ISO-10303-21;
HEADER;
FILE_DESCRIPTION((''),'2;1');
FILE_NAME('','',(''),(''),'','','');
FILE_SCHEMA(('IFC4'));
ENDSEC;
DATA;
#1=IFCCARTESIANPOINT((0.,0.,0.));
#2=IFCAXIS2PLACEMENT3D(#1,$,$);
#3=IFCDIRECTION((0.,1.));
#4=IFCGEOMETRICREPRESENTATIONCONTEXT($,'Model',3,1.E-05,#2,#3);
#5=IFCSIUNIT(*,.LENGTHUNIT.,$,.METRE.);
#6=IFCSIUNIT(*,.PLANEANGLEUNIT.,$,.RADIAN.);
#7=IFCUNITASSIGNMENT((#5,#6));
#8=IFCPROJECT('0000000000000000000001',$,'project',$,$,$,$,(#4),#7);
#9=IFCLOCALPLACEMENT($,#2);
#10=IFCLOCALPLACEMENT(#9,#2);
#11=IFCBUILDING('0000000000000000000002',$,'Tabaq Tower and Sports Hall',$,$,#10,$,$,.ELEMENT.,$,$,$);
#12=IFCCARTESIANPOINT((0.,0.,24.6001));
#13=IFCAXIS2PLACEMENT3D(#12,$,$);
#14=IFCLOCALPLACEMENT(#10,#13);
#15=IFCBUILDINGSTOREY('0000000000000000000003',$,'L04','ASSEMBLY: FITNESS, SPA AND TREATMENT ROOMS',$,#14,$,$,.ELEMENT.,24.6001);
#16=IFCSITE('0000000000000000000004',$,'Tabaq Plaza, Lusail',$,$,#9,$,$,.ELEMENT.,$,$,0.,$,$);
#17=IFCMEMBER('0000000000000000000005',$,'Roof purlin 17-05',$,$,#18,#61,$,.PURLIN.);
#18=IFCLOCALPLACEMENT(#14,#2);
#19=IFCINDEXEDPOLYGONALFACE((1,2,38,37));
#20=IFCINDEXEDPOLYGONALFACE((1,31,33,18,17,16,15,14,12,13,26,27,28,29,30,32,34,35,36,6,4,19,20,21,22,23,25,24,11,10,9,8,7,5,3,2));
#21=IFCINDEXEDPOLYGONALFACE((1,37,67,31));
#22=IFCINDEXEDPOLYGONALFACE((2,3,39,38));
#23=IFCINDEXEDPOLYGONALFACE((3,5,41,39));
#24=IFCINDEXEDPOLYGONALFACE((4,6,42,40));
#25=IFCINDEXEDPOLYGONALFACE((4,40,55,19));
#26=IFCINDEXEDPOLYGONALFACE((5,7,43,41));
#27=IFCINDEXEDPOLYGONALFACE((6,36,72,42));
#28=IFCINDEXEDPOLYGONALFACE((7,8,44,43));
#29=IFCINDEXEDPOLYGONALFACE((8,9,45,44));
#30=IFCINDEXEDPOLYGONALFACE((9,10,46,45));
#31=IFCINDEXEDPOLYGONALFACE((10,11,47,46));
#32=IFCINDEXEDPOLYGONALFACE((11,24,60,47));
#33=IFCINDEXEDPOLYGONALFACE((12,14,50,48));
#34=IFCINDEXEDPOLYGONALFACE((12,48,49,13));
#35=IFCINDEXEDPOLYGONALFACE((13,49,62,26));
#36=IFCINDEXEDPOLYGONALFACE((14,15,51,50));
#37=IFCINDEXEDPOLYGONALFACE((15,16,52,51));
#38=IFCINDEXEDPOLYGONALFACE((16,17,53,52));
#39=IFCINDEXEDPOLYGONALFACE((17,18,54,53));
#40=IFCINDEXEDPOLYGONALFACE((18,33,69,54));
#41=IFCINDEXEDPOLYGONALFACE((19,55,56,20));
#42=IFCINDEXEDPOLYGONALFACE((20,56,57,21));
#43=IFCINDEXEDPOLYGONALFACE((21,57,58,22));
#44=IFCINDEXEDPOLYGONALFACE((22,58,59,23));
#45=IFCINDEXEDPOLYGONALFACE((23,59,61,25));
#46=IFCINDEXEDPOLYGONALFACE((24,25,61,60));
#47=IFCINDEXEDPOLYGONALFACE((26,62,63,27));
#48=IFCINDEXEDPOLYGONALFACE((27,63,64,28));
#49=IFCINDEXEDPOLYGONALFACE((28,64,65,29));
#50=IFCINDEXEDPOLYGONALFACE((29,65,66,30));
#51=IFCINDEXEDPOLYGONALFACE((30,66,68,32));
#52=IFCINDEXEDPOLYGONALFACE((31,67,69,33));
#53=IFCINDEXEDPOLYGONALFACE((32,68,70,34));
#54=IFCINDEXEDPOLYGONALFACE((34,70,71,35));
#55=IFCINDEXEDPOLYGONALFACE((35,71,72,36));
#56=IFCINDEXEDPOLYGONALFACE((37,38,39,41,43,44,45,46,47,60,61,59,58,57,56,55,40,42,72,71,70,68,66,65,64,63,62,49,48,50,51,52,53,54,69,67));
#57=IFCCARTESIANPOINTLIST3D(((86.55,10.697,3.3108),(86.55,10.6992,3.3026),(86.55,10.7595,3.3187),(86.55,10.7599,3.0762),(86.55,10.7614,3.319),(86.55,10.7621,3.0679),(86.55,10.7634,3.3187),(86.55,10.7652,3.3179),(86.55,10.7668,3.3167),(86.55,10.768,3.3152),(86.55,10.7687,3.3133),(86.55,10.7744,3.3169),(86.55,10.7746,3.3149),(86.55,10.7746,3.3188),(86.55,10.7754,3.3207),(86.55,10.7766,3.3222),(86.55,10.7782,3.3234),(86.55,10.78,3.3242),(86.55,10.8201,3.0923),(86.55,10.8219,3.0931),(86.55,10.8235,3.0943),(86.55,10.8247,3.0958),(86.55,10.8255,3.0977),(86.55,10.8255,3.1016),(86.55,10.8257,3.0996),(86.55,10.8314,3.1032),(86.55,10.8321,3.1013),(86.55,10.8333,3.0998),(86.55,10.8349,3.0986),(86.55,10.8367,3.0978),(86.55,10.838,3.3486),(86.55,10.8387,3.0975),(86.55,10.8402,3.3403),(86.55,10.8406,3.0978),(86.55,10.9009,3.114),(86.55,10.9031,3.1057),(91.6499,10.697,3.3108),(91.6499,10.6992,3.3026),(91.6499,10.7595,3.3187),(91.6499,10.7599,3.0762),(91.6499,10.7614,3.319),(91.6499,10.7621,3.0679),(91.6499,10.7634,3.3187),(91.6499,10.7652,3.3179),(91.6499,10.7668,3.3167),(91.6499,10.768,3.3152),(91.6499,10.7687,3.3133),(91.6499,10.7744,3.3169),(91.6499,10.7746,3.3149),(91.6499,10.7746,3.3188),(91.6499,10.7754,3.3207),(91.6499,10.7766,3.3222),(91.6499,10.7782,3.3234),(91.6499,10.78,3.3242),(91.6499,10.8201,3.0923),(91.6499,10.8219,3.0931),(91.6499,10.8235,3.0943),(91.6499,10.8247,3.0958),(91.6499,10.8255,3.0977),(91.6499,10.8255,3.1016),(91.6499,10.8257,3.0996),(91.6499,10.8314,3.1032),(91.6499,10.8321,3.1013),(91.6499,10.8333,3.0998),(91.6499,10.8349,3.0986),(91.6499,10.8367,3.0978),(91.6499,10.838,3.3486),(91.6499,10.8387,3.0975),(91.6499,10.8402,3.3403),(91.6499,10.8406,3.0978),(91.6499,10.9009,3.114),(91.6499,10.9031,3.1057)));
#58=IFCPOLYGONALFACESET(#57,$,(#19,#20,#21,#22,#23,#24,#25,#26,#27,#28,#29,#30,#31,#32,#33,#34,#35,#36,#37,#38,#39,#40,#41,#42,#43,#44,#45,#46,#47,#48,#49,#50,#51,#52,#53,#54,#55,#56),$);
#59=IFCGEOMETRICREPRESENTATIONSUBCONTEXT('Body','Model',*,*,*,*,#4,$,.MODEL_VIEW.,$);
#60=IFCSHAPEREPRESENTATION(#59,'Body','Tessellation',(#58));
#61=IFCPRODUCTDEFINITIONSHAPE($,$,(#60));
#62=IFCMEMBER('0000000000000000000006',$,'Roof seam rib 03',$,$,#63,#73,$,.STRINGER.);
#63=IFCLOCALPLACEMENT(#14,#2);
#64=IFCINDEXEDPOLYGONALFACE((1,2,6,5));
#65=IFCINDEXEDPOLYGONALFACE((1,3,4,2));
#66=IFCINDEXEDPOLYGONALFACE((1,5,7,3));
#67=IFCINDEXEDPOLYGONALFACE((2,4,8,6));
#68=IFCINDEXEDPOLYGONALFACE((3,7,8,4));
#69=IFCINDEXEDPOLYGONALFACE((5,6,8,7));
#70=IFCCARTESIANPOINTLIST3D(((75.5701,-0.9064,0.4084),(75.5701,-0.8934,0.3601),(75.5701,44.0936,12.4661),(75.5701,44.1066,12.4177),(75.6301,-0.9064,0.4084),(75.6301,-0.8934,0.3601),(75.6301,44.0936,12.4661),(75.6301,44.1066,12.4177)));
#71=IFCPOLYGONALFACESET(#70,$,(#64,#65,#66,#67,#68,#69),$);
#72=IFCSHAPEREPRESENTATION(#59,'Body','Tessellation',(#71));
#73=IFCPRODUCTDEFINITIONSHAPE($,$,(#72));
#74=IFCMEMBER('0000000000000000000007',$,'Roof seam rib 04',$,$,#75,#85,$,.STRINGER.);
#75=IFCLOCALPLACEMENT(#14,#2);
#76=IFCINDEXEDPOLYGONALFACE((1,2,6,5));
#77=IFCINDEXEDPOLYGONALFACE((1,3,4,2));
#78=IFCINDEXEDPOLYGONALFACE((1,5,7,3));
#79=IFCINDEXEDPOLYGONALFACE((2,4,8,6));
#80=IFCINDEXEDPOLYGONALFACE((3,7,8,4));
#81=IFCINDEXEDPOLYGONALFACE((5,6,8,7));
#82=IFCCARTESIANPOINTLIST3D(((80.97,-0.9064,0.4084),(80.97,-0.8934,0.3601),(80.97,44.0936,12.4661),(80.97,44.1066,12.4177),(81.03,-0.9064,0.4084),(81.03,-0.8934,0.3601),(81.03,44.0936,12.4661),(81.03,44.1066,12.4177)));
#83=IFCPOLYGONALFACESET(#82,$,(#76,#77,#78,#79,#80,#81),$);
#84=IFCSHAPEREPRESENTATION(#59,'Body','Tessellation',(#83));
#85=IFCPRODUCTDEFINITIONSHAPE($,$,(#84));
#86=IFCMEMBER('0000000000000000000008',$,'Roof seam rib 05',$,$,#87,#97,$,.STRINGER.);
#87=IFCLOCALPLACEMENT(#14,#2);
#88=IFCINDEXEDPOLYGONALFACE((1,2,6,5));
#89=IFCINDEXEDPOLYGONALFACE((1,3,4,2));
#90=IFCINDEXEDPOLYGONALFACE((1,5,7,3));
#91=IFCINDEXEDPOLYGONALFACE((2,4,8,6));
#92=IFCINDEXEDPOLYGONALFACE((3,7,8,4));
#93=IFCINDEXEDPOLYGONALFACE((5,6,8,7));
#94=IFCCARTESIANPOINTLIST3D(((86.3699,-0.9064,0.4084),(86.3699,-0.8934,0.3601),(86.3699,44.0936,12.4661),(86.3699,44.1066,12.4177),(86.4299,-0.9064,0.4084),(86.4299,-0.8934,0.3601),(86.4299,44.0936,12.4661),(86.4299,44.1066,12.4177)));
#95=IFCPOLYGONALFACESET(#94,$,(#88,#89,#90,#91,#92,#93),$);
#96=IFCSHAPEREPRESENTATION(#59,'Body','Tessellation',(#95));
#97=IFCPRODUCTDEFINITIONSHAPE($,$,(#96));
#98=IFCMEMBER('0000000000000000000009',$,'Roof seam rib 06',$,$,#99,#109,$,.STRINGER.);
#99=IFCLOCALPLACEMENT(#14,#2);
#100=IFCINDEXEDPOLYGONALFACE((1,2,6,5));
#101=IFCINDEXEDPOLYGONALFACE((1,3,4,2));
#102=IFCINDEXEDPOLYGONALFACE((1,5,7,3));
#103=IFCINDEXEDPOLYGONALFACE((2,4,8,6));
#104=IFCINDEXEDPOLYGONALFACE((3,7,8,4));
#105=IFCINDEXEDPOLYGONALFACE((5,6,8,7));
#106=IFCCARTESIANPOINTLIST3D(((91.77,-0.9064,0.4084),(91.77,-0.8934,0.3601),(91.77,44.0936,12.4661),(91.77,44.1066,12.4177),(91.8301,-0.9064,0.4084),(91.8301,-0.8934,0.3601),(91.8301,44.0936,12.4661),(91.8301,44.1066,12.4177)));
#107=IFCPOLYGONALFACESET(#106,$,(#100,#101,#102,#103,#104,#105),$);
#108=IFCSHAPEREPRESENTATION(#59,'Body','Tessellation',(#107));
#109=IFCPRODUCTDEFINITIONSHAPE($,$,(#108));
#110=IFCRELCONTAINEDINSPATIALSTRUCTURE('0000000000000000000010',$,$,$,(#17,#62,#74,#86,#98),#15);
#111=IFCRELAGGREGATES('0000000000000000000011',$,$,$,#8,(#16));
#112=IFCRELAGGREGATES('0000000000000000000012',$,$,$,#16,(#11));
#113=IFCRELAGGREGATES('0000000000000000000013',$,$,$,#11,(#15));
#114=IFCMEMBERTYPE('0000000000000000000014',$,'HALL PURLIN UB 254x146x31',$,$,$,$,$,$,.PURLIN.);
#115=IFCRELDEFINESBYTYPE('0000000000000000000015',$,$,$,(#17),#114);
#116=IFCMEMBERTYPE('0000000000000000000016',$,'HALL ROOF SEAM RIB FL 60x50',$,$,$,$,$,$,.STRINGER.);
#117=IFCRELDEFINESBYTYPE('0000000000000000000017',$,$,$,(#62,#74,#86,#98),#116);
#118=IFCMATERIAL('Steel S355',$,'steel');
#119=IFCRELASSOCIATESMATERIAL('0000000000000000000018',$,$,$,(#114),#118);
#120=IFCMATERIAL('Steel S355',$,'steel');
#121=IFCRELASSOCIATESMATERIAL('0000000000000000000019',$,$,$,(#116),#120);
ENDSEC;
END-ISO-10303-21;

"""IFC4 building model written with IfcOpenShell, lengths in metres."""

from ifc_helpers import new_model, si_unit, direction, frame, origin, origin_2d, place, context, subcontext, project, spatial, rectangle, i_section, extrude, material, material_profile, profile_set, type_object, element, save


model = new_model("IFC4")

# Units and contexts
model_context = context("Model", 3, precision=1e-05, world=origin(), true_north=direction((0.0, 1.0)))
body_context = subcontext(model_context, "Body", "Model", "MODEL_VIEW")
ifc_project = project(units=[si_unit("LENGTHUNIT", "METRE"), si_unit("PLANEANGLEUNIT", "RADIAN")], contexts=[model_context])

# Site, building, storey
site_placement = place(None, origin())
site = spatial("IfcSite", under=ifc_project, at=site_placement, Name="Tabaq Plaza, Lusail", CompositionType="ELEMENT", RefElevation=0.0)
building_placement = place(site_placement, origin())
building = spatial("IfcBuilding", under=site, at=building_placement, Name="Tabaq Tower and Sports Hall", CompositionType="ELEMENT")
storey_placement = place(building_placement, frame((0.0, 0.0, 24.6001)))
storey = spatial("IfcBuildingStorey", under=building, at=storey_placement, Name="L04", Description="ASSEMBLY: FITNESS, SPA AND TREATMENT ROOMS", CompositionType="ELEMENT", Elevation=24.6001)

# Members
ifc_material_1 = material(Name="Steel S355", Category="steel")
ifc_material_profile_1 = material_profile(ifc_material_1, i_section(OverallWidth=0.146, OverallDepth=0.2515, WebThickness=0.0061, FlangeThickness=0.0085, FilletRadius=0.0076, at=origin_2d()), Name="UB 254x146x31")
ifc_profile_set_1 = profile_set([ifc_material_profile_1], Name="Steel S355")
member_type_1 = type_object("IfcMemberType", Name="HALL PURLIN UB 254x146x31", PredefinedType="PURLIN", material=ifc_profile_set_1)
for number, where, z_axis, x_axis, name in (
    (1, (86.55, 10.8, 3.2083), (1.0, 0.0, 0.0), (0.0, 0.965926, 0.258819), "Roof purlin 17-05"),
):
    element("IfcMember", number, at=place(storey_placement, frame(where, z_axis=z_axis, x_axis=x_axis)), inside=storey, type_object=member_type_1, Name=name, PredefinedType="PURLIN", context=body_context, shape_type="SweptSolid", body=[
        extrude(i_section(OverallWidth=0.146, OverallDepth=0.2515, WebThickness=0.0061, FlangeThickness=0.0085, FilletRadius=0.0076, at=origin_2d()), origin(), (0.0, 0.0, 1.0), 5.0999),
    ])
ifc_material_2 = material(Name="Steel S355", Category="steel")
ifc_material_profile_2 = material_profile(ifc_material_2, rectangle(XDim=0.0601, YDim=0.05, at=origin_2d()), Name="FL 60x50")
ifc_profile_set_2 = profile_set([ifc_material_profile_2], Name="Steel S355")
member_type_2 = type_object("IfcMemberType", Name="HALL ROOF SEAM RIB FL 60x50", PredefinedType="STRINGER", material=ifc_profile_set_2)
for number, where, z_axis, x_axis, name in (
    (2, (75.6001, -0.8999, 0.3843), (0.0, 0.965926, 0.258817), (-1.0, 0.0, 0.0), "Roof seam rib 03"),
    (3, (81.0, -0.8999, 0.3843), (0.0, 0.965926, 0.258817), (-1.0, 0.0, 0.0), "Roof seam rib 04"),
    (4, (86.3999, -0.8999, 0.3843), (0.0, 0.965926, 0.258817), (-1.0, 0.0, 0.0), "Roof seam rib 05"),
    (5, (91.8, -0.8999, 0.3843), (0.0, 0.965926, 0.258817), (-1.0, 0.0, 0.0), "Roof seam rib 06"),
):
    element("IfcMember", number, at=place(storey_placement, frame(where, z_axis=z_axis, x_axis=x_axis)), inside=storey, type_object=member_type_2, Name=name, PredefinedType="STRINGER", context=body_context, shape_type="SweptSolid", body=[
        extrude(rectangle(XDim=0.0601, YDim=0.05, at=origin_2d()), origin(), (0.0, 0.0, 1.0), 46.5874),
    ])

save(model, "model.ifc")
